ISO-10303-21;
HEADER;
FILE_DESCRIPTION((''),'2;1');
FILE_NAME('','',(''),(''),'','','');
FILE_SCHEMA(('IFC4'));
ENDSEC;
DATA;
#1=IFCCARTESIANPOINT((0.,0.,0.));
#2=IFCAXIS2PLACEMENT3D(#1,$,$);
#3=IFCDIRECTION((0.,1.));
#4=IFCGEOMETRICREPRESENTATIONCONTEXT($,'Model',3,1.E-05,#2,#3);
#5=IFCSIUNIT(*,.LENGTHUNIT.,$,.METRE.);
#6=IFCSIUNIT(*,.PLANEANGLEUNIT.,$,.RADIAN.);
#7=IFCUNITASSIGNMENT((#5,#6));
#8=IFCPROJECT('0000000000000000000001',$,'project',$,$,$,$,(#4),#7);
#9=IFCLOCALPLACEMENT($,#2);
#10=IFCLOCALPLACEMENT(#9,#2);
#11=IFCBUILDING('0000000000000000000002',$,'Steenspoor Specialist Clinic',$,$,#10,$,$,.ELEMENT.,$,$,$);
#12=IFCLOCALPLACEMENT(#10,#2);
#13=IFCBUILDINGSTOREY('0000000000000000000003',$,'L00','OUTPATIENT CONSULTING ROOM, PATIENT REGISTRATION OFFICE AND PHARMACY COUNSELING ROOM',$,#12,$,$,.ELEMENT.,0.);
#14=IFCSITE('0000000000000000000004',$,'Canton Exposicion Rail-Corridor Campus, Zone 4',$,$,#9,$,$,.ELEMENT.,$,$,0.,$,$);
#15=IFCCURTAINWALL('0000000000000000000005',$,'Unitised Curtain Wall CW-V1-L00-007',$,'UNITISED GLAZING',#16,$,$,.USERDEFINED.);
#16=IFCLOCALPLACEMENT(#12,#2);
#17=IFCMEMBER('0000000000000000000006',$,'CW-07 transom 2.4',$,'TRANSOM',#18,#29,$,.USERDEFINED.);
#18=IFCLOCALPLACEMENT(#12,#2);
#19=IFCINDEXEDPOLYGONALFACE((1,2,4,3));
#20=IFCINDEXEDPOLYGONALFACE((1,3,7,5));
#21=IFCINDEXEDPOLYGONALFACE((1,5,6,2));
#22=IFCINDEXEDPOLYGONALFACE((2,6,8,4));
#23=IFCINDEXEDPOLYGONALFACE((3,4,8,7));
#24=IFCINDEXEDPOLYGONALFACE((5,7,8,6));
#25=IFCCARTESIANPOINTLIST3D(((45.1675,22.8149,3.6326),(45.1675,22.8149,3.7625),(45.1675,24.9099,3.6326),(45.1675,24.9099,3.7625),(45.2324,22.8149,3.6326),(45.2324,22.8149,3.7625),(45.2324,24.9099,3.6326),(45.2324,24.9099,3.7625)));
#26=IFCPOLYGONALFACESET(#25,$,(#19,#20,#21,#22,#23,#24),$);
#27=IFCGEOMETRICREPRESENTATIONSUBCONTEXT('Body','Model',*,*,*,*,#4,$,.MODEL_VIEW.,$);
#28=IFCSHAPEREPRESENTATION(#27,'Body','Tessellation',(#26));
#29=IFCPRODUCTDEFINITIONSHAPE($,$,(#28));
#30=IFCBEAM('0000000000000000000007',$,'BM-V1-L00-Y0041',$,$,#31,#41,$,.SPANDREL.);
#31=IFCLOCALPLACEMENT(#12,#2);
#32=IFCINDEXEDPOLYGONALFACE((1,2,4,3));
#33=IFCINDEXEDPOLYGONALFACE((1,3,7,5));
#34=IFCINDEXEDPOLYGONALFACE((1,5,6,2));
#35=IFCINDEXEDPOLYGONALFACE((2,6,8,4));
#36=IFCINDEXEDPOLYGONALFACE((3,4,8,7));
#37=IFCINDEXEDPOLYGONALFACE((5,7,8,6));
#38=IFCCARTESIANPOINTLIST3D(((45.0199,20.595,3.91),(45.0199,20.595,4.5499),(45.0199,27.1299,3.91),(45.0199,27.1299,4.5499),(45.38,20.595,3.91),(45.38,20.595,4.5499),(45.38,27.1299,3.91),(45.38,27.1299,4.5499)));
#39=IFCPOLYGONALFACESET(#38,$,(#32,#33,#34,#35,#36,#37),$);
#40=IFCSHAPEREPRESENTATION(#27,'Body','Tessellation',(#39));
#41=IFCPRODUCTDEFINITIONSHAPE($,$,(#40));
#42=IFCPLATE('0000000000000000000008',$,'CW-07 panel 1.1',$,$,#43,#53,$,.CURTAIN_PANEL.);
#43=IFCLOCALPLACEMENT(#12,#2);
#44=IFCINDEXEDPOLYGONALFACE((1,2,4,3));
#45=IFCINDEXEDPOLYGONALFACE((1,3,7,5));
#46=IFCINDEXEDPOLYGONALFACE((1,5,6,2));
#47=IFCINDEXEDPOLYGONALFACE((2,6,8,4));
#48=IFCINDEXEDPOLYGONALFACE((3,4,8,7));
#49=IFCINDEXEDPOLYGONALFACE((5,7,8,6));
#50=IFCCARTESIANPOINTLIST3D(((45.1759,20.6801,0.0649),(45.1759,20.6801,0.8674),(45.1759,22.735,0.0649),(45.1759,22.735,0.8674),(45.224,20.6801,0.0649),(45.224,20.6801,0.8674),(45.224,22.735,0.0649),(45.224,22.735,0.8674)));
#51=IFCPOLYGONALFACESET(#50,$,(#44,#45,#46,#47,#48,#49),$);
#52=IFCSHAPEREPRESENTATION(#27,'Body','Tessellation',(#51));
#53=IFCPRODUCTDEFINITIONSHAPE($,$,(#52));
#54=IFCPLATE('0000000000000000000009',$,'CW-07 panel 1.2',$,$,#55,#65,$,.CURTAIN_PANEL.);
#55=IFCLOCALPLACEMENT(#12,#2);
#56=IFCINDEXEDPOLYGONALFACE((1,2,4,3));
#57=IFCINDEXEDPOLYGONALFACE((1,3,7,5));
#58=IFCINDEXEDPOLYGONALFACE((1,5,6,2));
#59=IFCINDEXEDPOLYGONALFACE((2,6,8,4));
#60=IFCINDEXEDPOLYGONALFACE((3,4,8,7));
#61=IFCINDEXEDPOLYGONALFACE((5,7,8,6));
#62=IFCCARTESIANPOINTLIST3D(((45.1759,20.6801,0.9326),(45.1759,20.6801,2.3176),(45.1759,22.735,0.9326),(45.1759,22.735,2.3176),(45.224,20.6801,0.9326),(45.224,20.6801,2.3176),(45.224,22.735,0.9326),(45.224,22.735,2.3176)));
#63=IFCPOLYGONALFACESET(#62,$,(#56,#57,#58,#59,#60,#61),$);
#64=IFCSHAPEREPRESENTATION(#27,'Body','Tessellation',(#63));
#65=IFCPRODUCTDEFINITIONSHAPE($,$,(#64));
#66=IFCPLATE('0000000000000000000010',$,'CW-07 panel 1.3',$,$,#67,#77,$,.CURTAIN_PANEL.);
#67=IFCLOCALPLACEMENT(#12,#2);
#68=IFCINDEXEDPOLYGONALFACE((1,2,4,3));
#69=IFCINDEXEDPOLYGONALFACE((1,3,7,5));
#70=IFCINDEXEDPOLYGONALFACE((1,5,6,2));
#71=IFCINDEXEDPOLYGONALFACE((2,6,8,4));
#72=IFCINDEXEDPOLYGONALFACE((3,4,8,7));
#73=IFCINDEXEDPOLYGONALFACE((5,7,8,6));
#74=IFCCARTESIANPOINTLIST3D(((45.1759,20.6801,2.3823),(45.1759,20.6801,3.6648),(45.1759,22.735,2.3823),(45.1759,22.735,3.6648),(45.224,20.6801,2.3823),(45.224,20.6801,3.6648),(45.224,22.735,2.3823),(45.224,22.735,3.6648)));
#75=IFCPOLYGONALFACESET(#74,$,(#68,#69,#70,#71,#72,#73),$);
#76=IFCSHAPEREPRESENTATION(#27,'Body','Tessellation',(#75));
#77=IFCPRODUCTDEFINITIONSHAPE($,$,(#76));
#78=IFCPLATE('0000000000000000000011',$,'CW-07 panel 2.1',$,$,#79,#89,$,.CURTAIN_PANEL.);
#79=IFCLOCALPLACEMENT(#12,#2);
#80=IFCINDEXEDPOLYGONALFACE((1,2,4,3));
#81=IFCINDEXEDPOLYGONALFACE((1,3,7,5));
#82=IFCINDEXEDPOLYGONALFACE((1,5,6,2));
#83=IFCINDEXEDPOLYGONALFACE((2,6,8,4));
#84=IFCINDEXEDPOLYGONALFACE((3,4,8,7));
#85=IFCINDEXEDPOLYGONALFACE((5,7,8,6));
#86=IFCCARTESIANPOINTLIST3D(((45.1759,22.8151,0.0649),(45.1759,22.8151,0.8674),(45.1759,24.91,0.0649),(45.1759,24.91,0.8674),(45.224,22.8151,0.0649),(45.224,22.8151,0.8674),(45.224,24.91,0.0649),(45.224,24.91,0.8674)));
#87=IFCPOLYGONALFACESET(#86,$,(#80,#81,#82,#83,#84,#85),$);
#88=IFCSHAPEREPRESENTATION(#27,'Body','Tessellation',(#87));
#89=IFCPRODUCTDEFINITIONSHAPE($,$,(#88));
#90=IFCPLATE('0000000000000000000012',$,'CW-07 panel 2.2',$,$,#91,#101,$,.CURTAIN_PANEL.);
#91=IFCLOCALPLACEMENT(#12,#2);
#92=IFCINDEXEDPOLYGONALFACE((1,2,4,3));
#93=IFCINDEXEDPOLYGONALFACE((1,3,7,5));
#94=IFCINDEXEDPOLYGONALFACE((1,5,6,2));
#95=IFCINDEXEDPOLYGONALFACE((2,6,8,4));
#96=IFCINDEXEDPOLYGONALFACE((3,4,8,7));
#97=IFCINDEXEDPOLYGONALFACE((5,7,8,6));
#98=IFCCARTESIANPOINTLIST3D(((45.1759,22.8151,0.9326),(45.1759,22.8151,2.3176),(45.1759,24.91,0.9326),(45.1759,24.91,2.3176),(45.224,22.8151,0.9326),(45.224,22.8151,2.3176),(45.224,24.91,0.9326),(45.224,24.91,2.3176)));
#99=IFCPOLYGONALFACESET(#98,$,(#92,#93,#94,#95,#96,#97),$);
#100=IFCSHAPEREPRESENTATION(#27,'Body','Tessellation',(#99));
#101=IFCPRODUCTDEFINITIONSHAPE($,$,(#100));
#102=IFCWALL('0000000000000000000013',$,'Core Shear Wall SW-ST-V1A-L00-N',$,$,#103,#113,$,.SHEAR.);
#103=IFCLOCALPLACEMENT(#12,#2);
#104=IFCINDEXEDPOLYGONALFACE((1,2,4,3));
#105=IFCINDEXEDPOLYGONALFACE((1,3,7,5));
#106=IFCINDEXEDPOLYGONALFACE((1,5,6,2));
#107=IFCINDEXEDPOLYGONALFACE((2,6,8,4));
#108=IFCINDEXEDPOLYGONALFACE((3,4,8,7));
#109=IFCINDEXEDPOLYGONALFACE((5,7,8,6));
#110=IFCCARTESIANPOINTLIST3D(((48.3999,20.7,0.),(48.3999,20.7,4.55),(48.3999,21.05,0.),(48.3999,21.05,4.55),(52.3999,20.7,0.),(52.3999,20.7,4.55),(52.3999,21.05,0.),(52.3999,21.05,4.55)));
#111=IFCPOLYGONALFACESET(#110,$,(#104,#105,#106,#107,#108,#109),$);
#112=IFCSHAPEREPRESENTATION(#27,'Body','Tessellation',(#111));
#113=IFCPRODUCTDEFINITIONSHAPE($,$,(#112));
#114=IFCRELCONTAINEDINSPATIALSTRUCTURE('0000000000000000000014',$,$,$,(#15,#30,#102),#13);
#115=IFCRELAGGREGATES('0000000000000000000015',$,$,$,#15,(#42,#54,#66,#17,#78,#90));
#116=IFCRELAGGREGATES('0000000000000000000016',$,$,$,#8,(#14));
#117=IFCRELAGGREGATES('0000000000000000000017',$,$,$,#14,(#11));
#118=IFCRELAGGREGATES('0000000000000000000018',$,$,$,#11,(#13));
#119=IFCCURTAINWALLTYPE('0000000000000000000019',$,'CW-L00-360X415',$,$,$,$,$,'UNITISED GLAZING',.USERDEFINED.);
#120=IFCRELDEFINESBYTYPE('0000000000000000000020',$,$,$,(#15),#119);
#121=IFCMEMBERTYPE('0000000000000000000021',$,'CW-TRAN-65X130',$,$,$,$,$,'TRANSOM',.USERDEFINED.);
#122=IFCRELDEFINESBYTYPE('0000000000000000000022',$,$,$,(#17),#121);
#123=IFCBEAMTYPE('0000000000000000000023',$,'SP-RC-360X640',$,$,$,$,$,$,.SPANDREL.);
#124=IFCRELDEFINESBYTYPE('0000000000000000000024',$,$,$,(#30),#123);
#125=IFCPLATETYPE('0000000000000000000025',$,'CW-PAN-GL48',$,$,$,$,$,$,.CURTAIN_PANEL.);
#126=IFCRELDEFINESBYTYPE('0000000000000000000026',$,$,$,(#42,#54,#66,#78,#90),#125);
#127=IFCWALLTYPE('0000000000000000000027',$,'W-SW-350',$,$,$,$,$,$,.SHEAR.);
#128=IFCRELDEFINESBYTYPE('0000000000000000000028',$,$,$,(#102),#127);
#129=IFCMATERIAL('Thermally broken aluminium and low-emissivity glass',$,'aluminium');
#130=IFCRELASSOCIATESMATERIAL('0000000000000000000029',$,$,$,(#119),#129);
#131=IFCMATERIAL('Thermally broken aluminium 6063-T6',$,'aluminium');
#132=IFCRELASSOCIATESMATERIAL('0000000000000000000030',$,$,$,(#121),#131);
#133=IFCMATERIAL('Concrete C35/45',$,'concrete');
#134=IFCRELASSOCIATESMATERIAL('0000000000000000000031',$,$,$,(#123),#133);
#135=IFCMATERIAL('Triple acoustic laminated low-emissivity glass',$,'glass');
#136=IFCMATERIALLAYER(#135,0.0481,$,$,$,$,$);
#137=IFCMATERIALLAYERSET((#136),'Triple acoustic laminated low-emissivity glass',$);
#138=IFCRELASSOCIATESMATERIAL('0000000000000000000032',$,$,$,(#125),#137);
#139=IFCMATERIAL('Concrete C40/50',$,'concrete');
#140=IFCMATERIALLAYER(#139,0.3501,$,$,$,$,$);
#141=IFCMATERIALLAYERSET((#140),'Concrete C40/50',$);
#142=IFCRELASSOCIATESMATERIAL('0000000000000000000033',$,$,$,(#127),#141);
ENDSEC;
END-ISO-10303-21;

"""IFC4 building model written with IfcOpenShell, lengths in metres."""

from ifc_helpers import new_model, si_unit, direction, frame, frame_2d, origin, origin_2d, place, context, subcontext, project, spatial, rectangle, extrude, material, layer, layer_set, material_profile, profile_set, type_object, element, aggregate, save


model = new_model("IFC4")

# Units and contexts
model_context = context("Model", 3, precision=1e-05, world=origin(), true_north=direction((0.0, 1.0)))
body_context = subcontext(model_context, "Body", "Model", "MODEL_VIEW")
ifc_project = project(units=[si_unit("LENGTHUNIT", "METRE"), si_unit("PLANEANGLEUNIT", "RADIAN")], contexts=[model_context])

# Site, building, storey
site_placement = place(None, origin())
site = spatial("IfcSite", under=ifc_project, at=site_placement, Name="Canton Exposicion Rail-Corridor Campus, Zone 4", CompositionType="ELEMENT", RefElevation=0.0)
building_placement = place(site_placement, origin())
building = spatial("IfcBuilding", under=site, at=building_placement, Name="Steenspoor Specialist Clinic", CompositionType="ELEMENT")
storey_placement = place(building_placement, origin())
storey = spatial("IfcBuildingStorey", under=building, at=storey_placement, Name="L00", Description="OUTPATIENT CONSULTING ROOM, PATIENT REGISTRATION OFFICE AND PHARMACY COUNSELING ROOM", CompositionType="ELEMENT", Elevation=0.0)

# Shared definitions
ifc_material_1 = material(Name="Concrete C35/45", Category="concrete")

# Curtain wall, member
ifc_material_2 = material(Name="Thermally broken aluminium and low-emissivity glass", Category="aluminium")
curtain_wall_type = type_object("IfcCurtainWallType", Name="CW-L00-360X415", ElementType="UNITISED GLAZING", PredefinedType="USERDEFINED", material=ifc_material_2)
curtain_wall_placement = place(storey_placement, origin())
curtain_wall = element("IfcCurtainWall", 1, at=curtain_wall_placement, inside=storey, type_object=curtain_wall_type, Name="Unitised Curtain Wall CW-V1-L00-007", ObjectType="UNITISED GLAZING", PredefinedType="USERDEFINED")
ifc_material_3 = material(Name="Thermally broken aluminium 6063-T6", Category="aluminium")
ifc_material_profile_1 = material_profile(ifc_material_3, rectangle(XDim=0.0649, YDim=0.1299, at=origin_2d()), Name="CWT-65X130")
ifc_profile_set_1 = profile_set([ifc_material_profile_1], Name="Thermally broken aluminium 6063-T6")
member_type_1 = type_object("IfcMemberType", Name="CW-TRAN-65X130", ElementType="TRANSOM", PredefinedType="USERDEFINED", material=ifc_profile_set_1)
member_1_placement = place(storey_placement, frame((45.2, 22.8149, 3.6975), z_axis=(0.0, 1.0, 0.0), x_axis=(-1.0, 0.0, 0.0)))
member_1 = element("IfcMember", 2, at=member_1_placement, type_object=member_type_1, Name="CW-07 transom 2.4", ObjectType="TRANSOM", PredefinedType="USERDEFINED", context=body_context, shape_type="SweptSolid", body=[
    extrude(rectangle(XDim=0.0649, YDim=0.1299, at=origin_2d()), origin(), (0.0, 0.0, 1.0), 2.095),
])

# Beam
ifc_material_profile_2 = material_profile(ifc_material_1, rectangle(XDim=0.3601, YDim=0.6399, at=origin_2d()), Name="RC-SP-360X640")
ifc_profile_set_2 = profile_set([ifc_material_profile_2], Name="Concrete C35/45")
beam_type_1 = type_object("IfcBeamType", Name="SP-RC-360X640", PredefinedType="SPANDREL", material=ifc_profile_set_2)
beam_1_placement = place(storey_placement, frame((45.2, 20.595, 4.23), z_axis=(0.0, 1.0, 0.0), x_axis=(-1.0, 0.0, 0.0)))
element("IfcBeam", 3, at=beam_1_placement, inside=storey, type_object=beam_type_1, Name="BM-V1-L00-Y0041", PredefinedType="SPANDREL", context=body_context, shape_type="SweptSolid", body=[
    extrude(rectangle(XDim=0.3601, YDim=0.6399, at=origin_2d()), origin(), (0.0, 0.0, 1.0), 6.5349),
])

# Plates
ifc_material_4 = material(Name="Triple acoustic laminated low-emissivity glass", Category="glass")
ifc_layer_1 = layer(ifc_material_4, 0.0481)
ifc_layer_set_1 = layer_set([ifc_layer_1], Name="Triple acoustic laminated low-emissivity glass")
plate_type = type_object("IfcPlateType", Name="CW-PAN-GL48", PredefinedType="CURTAIN_PANEL", material=ifc_layer_set_1)
plate_1_placement = place(storey_placement, frame((45.2, 21.7075, 0.0649), z_axis=(0.0, 0.0, 1.0), x_axis=(0.0, 1.0, 0.0)))
plate_1 = element("IfcPlate", 4, at=plate_1_placement, type_object=plate_type, Name="CW-07 panel 1.1", PredefinedType="CURTAIN_PANEL", context=body_context, shape_type="SweptSolid", body=[
    extrude(rectangle(XDim=2.0549, YDim=0.0481, at=origin_2d()), origin(), (0.0, 0.0, 1.0), 0.8025),
])
plate_2_placement = place(storey_placement, frame((45.2, 21.7075, 0.9326), z_axis=(0.0, 0.0, 1.0), x_axis=(0.0, 1.0, 0.0)))
plate_2 = element("IfcPlate", 5, at=plate_2_placement, type_object=plate_type, Name="CW-07 panel 1.2", PredefinedType="CURTAIN_PANEL", context=body_context, shape_type="SweptSolid", body=[
    extrude(rectangle(XDim=2.0549, YDim=0.0481, at=origin_2d()), origin(), (0.0, 0.0, 1.0), 1.385),
])
plate_3_placement = place(storey_placement, frame((45.2, 21.7075, 2.3823), z_axis=(0.0, 0.0, 1.0), x_axis=(0.0, 1.0, 0.0)))
plate_3 = element("IfcPlate", 6, at=plate_3_placement, type_object=plate_type, Name="CW-07 panel 1.3", PredefinedType="CURTAIN_PANEL", context=body_context, shape_type="SweptSolid", body=[
    extrude(rectangle(XDim=2.0549, YDim=0.0481, at=origin_2d()), origin(), (0.0, 0.0, 1.0), 1.2825),
])
plate_4_placement = place(storey_placement, frame((45.2, 23.8625, 0.0649), z_axis=(0.0, 0.0, 1.0), x_axis=(0.0, 1.0, 0.0)))
plate_4 = element("IfcPlate", 7, at=plate_4_placement, type_object=plate_type, Name="CW-07 panel 2.1", PredefinedType="CURTAIN_PANEL", context=body_context, shape_type="SweptSolid", body=[
    extrude(rectangle(XDim=2.095, YDim=0.0481, at=origin_2d()), origin(), (0.0, 0.0, 1.0), 0.8025),
])
plate_5_placement = place(storey_placement, frame((45.2, 23.8625, 0.9326), z_axis=(0.0, 0.0, 1.0), x_axis=(0.0, 1.0, 0.0)))
plate_5 = element("IfcPlate", 8, at=plate_5_placement, type_object=plate_type, Name="CW-07 panel 2.2", PredefinedType="CURTAIN_PANEL", context=body_context, shape_type="SweptSolid", body=[
    extrude(rectangle(XDim=2.095, YDim=0.0481, at=origin_2d()), origin(), (0.0, 0.0, 1.0), 1.385),
])
aggregate(curtain_wall, [plate_1, plate_2, plate_3, member_1, plate_4, plate_5])

# Wall
ifc_material_5 = material(Name="Concrete C40/50", Category="concrete")
ifc_layer_2 = layer(ifc_material_5, 0.3501)
ifc_layer_set_2 = layer_set([ifc_layer_2], Name="Concrete C40/50")
wall_type = type_object("IfcWallType", Name="W-SW-350", PredefinedType="SHEAR", material=ifc_layer_set_2)
wall_placement = place(storey_placement, frame((48.3999, 20.875, 0.0), z_axis=(0.0, 0.0, 1.0), x_axis=(1.0, 0.0, 0.0)))
element("IfcWall", 9, at=wall_placement, inside=storey, type_object=wall_type, Name="Core Shear Wall SW-ST-V1A-L00-N", PredefinedType="SHEAR", context=body_context, shape_type="SweptSolid", body=[
    extrude(rectangle(XDim=4.0, YDim=0.3501, at=frame_2d((2.0, 0.0))), origin(), (0.0, 0.0, 1.0), 4.55),
])

save(model, "model.ifc")
